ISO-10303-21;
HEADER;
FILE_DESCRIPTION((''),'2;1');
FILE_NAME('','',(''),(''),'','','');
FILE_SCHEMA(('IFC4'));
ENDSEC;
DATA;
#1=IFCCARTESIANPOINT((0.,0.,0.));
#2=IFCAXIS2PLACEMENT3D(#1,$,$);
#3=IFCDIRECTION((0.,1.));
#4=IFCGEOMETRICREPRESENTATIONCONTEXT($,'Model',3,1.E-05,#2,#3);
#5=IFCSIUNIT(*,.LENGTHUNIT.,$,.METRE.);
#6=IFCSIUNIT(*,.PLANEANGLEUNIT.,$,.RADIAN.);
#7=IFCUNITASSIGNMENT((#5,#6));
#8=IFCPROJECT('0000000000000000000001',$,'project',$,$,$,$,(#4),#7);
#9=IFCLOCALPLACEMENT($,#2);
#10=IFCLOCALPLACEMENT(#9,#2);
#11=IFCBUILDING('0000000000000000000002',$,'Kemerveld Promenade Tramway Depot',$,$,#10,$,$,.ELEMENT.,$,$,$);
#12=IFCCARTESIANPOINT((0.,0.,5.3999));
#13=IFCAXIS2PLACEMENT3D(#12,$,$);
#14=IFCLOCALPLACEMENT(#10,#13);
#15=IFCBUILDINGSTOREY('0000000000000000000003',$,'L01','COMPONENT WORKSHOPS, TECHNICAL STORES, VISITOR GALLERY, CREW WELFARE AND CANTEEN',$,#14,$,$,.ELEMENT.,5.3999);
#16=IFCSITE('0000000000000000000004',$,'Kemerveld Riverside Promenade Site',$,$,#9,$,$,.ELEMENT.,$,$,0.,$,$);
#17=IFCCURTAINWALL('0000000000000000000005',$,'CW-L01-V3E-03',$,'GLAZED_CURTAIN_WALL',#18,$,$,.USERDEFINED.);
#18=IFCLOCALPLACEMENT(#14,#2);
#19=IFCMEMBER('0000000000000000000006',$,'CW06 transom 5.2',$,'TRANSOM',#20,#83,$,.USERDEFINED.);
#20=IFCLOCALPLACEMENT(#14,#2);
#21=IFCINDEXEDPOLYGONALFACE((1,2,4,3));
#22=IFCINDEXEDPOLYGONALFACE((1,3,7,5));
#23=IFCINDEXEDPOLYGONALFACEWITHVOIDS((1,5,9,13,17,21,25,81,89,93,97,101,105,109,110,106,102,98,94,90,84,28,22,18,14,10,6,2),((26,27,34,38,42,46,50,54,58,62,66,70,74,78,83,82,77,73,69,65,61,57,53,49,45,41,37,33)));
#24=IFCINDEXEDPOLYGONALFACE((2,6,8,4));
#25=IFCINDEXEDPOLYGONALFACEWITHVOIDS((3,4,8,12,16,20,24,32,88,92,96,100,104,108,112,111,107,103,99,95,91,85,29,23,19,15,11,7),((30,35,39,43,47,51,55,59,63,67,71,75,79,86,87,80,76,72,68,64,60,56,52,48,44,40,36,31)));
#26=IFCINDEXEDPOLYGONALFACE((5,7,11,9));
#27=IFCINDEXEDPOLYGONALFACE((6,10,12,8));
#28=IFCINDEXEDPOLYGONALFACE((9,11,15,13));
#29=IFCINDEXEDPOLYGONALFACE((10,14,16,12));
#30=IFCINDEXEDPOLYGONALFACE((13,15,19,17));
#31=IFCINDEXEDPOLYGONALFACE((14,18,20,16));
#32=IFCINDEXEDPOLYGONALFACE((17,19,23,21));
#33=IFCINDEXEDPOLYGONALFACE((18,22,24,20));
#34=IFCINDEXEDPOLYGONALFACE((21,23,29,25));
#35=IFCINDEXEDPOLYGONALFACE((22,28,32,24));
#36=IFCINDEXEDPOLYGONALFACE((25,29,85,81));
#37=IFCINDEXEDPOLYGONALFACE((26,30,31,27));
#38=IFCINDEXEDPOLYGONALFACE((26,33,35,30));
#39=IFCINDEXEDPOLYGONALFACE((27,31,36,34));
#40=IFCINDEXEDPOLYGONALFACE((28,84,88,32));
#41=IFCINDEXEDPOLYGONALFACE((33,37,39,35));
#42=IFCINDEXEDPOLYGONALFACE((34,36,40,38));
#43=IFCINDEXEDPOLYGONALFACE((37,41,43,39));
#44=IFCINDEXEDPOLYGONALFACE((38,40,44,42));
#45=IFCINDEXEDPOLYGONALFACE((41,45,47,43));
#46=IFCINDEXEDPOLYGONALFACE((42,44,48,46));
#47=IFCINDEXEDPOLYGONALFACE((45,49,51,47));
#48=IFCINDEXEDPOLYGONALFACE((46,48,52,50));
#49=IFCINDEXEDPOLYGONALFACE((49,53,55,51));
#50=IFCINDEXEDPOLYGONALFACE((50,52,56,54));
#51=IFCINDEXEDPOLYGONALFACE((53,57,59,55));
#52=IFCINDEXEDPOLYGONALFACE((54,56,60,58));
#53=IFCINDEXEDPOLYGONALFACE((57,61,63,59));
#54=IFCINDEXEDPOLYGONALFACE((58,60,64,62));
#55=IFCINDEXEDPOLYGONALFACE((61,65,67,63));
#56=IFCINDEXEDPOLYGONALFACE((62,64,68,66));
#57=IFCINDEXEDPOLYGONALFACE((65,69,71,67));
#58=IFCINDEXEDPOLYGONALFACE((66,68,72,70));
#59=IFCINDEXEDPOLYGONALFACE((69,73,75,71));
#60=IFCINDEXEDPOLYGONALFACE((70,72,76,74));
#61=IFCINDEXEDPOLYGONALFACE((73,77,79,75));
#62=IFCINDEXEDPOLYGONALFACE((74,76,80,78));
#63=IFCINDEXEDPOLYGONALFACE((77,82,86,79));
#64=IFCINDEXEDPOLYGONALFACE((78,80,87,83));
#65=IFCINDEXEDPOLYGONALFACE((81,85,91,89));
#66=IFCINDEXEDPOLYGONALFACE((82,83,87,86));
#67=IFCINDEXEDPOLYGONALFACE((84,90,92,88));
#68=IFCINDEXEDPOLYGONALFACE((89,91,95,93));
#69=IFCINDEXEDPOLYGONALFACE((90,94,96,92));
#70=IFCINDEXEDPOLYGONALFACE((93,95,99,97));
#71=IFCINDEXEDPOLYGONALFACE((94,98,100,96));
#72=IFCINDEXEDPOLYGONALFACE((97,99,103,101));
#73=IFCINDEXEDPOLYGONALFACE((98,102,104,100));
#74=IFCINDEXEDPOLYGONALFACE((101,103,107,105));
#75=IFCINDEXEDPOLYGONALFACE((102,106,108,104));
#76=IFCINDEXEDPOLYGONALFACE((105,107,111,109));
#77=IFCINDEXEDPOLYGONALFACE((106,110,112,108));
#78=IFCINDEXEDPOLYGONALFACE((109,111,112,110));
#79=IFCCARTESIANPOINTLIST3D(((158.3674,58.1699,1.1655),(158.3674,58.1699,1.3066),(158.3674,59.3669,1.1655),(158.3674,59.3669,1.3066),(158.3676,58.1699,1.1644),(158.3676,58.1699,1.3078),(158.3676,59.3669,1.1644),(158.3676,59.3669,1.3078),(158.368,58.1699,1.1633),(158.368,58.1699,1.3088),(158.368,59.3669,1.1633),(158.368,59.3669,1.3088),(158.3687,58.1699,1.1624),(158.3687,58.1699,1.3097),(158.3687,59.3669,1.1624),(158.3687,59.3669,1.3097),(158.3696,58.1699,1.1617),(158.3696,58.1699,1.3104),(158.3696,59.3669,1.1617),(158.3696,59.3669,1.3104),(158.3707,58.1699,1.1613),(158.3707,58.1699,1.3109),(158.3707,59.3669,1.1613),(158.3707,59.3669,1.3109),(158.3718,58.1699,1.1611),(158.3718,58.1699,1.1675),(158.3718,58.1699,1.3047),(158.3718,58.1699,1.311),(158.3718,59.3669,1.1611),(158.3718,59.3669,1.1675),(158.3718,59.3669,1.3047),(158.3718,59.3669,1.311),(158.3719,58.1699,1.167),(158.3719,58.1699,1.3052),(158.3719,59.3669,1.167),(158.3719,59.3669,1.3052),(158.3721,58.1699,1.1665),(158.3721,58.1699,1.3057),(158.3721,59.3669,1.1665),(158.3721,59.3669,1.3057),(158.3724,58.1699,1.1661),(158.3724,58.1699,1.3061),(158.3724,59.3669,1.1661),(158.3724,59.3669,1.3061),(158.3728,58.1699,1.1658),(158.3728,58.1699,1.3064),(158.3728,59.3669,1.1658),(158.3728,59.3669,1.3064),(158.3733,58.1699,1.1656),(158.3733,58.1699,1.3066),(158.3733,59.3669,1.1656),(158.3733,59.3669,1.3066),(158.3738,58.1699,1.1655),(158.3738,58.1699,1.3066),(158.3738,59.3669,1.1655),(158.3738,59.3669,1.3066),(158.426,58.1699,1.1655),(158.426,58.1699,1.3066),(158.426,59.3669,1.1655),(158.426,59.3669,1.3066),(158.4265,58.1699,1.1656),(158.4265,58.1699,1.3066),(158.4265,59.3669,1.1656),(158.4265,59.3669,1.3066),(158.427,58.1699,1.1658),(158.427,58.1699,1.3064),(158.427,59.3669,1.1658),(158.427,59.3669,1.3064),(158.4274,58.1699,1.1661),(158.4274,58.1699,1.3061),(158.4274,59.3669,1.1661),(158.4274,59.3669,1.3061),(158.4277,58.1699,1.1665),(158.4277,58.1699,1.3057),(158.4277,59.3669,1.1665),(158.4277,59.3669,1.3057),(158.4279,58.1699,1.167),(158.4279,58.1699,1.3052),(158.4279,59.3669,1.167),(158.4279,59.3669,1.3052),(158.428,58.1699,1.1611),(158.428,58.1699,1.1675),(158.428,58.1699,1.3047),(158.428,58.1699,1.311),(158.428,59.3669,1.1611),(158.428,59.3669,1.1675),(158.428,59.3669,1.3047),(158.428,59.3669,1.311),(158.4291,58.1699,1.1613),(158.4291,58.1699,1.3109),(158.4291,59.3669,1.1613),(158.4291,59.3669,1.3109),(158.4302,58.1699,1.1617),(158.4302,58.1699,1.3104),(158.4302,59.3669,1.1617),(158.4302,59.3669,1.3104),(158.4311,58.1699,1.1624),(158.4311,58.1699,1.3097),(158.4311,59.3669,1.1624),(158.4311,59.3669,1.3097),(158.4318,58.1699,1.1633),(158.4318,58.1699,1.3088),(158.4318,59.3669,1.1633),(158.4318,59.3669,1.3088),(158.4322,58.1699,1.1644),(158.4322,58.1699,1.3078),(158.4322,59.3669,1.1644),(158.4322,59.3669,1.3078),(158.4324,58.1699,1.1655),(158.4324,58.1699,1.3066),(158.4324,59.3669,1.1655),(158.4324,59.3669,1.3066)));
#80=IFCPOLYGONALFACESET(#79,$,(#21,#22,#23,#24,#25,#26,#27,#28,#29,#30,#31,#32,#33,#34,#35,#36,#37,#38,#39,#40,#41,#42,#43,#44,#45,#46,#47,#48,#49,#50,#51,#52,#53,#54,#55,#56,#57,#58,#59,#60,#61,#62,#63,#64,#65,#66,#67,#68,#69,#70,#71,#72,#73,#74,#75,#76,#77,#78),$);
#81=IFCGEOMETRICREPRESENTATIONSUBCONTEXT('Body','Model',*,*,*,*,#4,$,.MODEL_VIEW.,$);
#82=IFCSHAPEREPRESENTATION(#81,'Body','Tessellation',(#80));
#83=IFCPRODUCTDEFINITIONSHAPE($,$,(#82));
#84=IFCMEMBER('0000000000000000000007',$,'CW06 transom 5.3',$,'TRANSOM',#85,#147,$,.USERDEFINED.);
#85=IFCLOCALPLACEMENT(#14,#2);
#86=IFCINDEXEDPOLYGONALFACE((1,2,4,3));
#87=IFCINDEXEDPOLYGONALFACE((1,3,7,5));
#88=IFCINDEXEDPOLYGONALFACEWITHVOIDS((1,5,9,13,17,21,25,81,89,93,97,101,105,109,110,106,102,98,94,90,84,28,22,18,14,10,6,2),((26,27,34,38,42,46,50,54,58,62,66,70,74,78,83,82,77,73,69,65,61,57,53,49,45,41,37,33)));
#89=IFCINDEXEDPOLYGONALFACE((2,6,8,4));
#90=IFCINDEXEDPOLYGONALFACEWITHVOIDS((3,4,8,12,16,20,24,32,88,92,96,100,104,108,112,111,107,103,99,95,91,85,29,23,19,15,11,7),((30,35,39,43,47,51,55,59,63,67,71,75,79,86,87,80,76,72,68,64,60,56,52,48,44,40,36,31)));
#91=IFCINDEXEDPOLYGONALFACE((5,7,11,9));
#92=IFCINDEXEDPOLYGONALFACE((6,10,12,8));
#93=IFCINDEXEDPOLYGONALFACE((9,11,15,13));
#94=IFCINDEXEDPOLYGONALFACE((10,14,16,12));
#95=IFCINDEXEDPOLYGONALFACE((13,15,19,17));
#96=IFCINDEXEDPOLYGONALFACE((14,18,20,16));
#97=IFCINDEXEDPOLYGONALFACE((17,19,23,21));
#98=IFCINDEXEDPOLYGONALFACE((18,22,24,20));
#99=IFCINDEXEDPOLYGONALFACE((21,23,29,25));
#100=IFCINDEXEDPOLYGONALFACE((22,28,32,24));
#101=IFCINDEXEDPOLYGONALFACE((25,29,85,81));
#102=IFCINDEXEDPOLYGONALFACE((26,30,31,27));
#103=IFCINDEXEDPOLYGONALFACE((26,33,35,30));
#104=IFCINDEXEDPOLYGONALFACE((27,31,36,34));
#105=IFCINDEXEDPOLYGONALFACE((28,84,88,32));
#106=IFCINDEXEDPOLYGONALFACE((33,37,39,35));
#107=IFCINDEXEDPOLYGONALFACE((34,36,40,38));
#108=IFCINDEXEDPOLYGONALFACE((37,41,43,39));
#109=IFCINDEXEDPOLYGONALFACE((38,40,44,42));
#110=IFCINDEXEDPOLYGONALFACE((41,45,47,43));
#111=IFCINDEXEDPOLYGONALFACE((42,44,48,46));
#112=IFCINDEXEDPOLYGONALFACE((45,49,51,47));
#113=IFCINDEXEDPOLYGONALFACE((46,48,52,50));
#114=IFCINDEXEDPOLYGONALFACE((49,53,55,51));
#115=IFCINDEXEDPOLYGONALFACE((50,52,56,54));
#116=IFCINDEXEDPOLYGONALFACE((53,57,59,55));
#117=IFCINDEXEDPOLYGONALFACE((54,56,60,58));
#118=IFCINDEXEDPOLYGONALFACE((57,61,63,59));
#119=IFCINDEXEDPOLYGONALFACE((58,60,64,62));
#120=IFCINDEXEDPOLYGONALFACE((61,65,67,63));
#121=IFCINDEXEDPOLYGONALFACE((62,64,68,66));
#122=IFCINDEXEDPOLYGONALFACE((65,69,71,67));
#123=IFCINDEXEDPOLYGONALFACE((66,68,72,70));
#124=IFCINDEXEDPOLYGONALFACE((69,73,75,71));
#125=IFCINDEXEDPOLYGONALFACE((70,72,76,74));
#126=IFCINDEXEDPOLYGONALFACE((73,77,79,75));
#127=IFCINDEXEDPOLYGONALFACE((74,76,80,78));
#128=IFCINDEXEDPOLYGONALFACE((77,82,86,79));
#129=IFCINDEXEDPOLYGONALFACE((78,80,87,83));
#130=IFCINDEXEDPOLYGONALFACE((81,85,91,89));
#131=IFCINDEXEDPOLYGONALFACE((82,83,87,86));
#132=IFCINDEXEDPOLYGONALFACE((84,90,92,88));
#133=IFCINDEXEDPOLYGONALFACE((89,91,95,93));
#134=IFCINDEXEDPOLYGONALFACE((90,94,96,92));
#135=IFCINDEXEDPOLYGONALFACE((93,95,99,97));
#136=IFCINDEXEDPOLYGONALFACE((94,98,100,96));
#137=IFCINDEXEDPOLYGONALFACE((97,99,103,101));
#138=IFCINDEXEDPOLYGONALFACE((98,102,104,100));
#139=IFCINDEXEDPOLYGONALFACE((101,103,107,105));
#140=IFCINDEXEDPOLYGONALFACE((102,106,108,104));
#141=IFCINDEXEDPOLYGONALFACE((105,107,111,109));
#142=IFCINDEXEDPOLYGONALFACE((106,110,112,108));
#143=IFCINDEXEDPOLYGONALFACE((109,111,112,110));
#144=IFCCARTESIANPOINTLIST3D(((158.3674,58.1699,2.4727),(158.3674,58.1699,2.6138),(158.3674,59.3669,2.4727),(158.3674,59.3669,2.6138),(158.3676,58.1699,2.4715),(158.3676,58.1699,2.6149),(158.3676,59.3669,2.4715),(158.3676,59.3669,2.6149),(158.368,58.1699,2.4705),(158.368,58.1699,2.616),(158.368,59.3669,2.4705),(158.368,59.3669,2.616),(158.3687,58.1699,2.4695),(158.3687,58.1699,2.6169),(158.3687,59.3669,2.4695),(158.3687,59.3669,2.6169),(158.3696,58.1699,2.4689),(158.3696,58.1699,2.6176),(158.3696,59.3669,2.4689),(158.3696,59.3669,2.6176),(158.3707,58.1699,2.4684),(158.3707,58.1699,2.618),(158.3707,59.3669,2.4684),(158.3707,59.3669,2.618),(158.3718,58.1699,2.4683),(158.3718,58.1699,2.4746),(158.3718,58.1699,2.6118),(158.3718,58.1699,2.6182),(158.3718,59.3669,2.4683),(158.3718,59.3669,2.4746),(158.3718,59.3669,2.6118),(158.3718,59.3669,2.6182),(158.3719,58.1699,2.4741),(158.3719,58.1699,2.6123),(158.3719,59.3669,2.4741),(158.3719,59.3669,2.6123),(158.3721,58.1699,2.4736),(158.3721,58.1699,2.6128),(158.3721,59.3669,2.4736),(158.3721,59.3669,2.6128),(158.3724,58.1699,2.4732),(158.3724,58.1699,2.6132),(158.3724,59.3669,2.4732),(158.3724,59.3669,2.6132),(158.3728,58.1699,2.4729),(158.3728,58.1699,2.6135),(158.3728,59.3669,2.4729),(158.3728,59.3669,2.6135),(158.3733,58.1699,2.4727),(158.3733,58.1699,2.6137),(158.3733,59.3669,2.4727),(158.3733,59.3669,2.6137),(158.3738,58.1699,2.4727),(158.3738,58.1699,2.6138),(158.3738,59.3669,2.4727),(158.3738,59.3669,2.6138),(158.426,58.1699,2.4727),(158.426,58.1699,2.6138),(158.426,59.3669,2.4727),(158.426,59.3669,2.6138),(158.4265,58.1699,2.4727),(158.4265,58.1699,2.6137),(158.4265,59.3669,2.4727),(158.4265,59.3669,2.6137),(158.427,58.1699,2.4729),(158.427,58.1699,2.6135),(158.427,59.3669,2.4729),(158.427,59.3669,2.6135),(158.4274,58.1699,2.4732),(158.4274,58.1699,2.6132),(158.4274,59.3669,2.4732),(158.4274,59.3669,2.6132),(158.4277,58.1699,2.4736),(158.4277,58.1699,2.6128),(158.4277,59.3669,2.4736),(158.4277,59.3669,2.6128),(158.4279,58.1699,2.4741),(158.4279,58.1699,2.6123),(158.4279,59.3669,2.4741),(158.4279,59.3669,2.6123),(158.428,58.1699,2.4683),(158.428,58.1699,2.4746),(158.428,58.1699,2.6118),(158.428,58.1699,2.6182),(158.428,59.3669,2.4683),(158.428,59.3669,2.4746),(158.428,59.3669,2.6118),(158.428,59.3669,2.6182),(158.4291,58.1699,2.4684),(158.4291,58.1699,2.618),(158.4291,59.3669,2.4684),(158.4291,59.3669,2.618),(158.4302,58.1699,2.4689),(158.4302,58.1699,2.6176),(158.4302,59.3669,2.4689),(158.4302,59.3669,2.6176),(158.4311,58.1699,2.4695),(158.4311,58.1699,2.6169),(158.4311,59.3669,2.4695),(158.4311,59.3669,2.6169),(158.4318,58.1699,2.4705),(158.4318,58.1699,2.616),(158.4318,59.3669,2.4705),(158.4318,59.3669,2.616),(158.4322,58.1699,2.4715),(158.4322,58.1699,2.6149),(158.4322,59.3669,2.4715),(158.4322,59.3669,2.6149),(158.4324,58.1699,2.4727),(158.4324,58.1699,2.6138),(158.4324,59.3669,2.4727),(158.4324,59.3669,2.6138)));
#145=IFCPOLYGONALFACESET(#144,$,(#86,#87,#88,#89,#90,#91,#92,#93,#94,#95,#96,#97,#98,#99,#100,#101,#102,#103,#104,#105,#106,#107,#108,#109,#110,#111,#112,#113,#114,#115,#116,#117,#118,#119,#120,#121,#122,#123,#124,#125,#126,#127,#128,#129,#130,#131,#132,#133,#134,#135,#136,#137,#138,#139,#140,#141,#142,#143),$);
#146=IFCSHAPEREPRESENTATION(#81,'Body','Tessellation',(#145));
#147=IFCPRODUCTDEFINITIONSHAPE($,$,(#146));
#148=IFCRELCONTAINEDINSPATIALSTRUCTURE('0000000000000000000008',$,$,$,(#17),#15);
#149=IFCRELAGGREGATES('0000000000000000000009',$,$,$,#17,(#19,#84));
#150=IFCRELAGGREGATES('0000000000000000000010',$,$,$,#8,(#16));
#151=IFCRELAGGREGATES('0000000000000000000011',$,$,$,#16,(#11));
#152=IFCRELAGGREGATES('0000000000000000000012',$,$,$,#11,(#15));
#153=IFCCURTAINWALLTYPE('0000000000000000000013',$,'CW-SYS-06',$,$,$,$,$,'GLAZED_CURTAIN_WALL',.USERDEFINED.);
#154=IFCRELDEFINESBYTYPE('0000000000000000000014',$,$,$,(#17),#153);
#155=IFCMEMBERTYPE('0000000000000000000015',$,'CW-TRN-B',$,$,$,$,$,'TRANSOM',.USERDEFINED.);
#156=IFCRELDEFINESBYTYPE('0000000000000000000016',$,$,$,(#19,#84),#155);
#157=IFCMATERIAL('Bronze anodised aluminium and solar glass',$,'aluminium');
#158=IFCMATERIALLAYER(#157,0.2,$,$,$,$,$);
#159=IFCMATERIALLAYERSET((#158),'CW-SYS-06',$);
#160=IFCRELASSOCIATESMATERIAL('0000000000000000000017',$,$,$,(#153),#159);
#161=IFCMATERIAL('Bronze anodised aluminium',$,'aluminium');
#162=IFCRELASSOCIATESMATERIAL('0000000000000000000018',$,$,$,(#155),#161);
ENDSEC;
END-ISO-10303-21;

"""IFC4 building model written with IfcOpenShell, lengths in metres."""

from ifc_helpers import new_model, si_unit, direction, frame, origin, origin_2d, place, context, subcontext, project, spatial, hollow_rectangle, extrude, material, layer, layer_set, material_profile, profile_set, type_object, element, aggregate, save


model = new_model("IFC4")

# Units and contexts
model_context = context("Model", 3, precision=1e-05, world=origin(), true_north=direction((0.0, 1.0)))
body_context = subcontext(model_context, "Body", "Model", "MODEL_VIEW")
ifc_project = project(units=[si_unit("LENGTHUNIT", "METRE"), si_unit("PLANEANGLEUNIT", "RADIAN")], contexts=[model_context])

# Site, building, storey
site_placement = place(None, origin())
site = spatial("IfcSite", under=ifc_project, at=site_placement, Name="Kemerveld Riverside Promenade Site", CompositionType="ELEMENT", RefElevation=0.0)
building_placement = place(site_placement, origin())
building = spatial("IfcBuilding", under=site, at=building_placement, Name="Kemerveld Promenade Tramway Depot", CompositionType="ELEMENT")
storey_placement = place(building_placement, frame((0.0, 0.0, 5.3999)))
storey = spatial("IfcBuildingStorey", under=building, at=storey_placement, Name="L01", Description="COMPONENT WORKSHOPS, TECHNICAL STORES, VISITOR GALLERY, CREW WELFARE AND CANTEEN", CompositionType="ELEMENT", Elevation=5.3999)

# Curtain wall
ifc_material_1 = material(Name="Bronze anodised aluminium and solar glass", Category="aluminium")
ifc_layer_1 = layer(ifc_material_1, 0.2)
ifc_layer_set_1 = layer_set([ifc_layer_1], Name="CW-SYS-06")
curtain_wall_type_1 = type_object("IfcCurtainWallType", Name="CW-SYS-06", ElementType="GLAZED_CURTAIN_WALL", PredefinedType="USERDEFINED", material=ifc_layer_set_1)
curtain_wall_1_placement = place(storey_placement, origin())
curtain_wall_1 = element("IfcCurtainWall", 1, at=curtain_wall_1_placement, inside=storey, type_object=curtain_wall_type_1, Name="CW-L01-V3E-03", ObjectType="GLAZED_CURTAIN_WALL", PredefinedType="USERDEFINED")
ifc_material_2 = material(Name="Bronze anodised aluminium", Category="aluminium")

# Members
ifc_material_profile_1 = material_profile(ifc_material_2, hollow_rectangle(XDim=0.0649, YDim=0.1499, WallThickness=0.0044, InnerFilletRadius=0.002, OuterFilletRadius=0.0044, at=origin_2d()), Name="CW-TRN-150x65")
ifc_profile_set_1 = profile_set([ifc_material_profile_1], Name="Bronze anodised aluminium")
member_type_1 = type_object("IfcMemberType", Name="CW-TRN-B", ElementType="TRANSOM", PredefinedType="USERDEFINED", material=ifc_profile_set_1)
member_1_placement = place(storey_placement, frame((158.3999, 59.3669, 1.2361), z_axis=(0.0, -1.0, 0.0), x_axis=(1.0, 0.0, 0.0)))
member_1 = element("IfcMember", 2, at=member_1_placement, type_object=member_type_1, Name="CW06 transom 5.2", ObjectType="TRANSOM", PredefinedType="USERDEFINED", context=body_context, shape_type="SweptSolid", body=[
    extrude(hollow_rectangle(XDim=0.0649, YDim=0.1499, WallThickness=0.0044, InnerFilletRadius=0.002, OuterFilletRadius=0.0044, at=origin_2d()), origin(), (0.0, 0.0, 1.0), 1.197),
])
member_2_placement = place(storey_placement, frame((158.3999, 59.3669, 2.5432), z_axis=(0.0, -1.0, 0.0), x_axis=(1.0, 0.0, 0.0)))
member_2 = element("IfcMember", 3, at=member_2_placement, type_object=member_type_1, Name="CW06 transom 5.3", ObjectType="TRANSOM", PredefinedType="USERDEFINED", context=body_context, shape_type="SweptSolid", body=[
    extrude(hollow_rectangle(XDim=0.0649, YDim=0.1499, WallThickness=0.0044, InnerFilletRadius=0.002, OuterFilletRadius=0.0044, at=origin_2d()), origin(), (0.0, 0.0, 1.0), 1.197),
])

aggregate(curtain_wall_1, [member_1, member_2])

save(model, "model.ifc")
